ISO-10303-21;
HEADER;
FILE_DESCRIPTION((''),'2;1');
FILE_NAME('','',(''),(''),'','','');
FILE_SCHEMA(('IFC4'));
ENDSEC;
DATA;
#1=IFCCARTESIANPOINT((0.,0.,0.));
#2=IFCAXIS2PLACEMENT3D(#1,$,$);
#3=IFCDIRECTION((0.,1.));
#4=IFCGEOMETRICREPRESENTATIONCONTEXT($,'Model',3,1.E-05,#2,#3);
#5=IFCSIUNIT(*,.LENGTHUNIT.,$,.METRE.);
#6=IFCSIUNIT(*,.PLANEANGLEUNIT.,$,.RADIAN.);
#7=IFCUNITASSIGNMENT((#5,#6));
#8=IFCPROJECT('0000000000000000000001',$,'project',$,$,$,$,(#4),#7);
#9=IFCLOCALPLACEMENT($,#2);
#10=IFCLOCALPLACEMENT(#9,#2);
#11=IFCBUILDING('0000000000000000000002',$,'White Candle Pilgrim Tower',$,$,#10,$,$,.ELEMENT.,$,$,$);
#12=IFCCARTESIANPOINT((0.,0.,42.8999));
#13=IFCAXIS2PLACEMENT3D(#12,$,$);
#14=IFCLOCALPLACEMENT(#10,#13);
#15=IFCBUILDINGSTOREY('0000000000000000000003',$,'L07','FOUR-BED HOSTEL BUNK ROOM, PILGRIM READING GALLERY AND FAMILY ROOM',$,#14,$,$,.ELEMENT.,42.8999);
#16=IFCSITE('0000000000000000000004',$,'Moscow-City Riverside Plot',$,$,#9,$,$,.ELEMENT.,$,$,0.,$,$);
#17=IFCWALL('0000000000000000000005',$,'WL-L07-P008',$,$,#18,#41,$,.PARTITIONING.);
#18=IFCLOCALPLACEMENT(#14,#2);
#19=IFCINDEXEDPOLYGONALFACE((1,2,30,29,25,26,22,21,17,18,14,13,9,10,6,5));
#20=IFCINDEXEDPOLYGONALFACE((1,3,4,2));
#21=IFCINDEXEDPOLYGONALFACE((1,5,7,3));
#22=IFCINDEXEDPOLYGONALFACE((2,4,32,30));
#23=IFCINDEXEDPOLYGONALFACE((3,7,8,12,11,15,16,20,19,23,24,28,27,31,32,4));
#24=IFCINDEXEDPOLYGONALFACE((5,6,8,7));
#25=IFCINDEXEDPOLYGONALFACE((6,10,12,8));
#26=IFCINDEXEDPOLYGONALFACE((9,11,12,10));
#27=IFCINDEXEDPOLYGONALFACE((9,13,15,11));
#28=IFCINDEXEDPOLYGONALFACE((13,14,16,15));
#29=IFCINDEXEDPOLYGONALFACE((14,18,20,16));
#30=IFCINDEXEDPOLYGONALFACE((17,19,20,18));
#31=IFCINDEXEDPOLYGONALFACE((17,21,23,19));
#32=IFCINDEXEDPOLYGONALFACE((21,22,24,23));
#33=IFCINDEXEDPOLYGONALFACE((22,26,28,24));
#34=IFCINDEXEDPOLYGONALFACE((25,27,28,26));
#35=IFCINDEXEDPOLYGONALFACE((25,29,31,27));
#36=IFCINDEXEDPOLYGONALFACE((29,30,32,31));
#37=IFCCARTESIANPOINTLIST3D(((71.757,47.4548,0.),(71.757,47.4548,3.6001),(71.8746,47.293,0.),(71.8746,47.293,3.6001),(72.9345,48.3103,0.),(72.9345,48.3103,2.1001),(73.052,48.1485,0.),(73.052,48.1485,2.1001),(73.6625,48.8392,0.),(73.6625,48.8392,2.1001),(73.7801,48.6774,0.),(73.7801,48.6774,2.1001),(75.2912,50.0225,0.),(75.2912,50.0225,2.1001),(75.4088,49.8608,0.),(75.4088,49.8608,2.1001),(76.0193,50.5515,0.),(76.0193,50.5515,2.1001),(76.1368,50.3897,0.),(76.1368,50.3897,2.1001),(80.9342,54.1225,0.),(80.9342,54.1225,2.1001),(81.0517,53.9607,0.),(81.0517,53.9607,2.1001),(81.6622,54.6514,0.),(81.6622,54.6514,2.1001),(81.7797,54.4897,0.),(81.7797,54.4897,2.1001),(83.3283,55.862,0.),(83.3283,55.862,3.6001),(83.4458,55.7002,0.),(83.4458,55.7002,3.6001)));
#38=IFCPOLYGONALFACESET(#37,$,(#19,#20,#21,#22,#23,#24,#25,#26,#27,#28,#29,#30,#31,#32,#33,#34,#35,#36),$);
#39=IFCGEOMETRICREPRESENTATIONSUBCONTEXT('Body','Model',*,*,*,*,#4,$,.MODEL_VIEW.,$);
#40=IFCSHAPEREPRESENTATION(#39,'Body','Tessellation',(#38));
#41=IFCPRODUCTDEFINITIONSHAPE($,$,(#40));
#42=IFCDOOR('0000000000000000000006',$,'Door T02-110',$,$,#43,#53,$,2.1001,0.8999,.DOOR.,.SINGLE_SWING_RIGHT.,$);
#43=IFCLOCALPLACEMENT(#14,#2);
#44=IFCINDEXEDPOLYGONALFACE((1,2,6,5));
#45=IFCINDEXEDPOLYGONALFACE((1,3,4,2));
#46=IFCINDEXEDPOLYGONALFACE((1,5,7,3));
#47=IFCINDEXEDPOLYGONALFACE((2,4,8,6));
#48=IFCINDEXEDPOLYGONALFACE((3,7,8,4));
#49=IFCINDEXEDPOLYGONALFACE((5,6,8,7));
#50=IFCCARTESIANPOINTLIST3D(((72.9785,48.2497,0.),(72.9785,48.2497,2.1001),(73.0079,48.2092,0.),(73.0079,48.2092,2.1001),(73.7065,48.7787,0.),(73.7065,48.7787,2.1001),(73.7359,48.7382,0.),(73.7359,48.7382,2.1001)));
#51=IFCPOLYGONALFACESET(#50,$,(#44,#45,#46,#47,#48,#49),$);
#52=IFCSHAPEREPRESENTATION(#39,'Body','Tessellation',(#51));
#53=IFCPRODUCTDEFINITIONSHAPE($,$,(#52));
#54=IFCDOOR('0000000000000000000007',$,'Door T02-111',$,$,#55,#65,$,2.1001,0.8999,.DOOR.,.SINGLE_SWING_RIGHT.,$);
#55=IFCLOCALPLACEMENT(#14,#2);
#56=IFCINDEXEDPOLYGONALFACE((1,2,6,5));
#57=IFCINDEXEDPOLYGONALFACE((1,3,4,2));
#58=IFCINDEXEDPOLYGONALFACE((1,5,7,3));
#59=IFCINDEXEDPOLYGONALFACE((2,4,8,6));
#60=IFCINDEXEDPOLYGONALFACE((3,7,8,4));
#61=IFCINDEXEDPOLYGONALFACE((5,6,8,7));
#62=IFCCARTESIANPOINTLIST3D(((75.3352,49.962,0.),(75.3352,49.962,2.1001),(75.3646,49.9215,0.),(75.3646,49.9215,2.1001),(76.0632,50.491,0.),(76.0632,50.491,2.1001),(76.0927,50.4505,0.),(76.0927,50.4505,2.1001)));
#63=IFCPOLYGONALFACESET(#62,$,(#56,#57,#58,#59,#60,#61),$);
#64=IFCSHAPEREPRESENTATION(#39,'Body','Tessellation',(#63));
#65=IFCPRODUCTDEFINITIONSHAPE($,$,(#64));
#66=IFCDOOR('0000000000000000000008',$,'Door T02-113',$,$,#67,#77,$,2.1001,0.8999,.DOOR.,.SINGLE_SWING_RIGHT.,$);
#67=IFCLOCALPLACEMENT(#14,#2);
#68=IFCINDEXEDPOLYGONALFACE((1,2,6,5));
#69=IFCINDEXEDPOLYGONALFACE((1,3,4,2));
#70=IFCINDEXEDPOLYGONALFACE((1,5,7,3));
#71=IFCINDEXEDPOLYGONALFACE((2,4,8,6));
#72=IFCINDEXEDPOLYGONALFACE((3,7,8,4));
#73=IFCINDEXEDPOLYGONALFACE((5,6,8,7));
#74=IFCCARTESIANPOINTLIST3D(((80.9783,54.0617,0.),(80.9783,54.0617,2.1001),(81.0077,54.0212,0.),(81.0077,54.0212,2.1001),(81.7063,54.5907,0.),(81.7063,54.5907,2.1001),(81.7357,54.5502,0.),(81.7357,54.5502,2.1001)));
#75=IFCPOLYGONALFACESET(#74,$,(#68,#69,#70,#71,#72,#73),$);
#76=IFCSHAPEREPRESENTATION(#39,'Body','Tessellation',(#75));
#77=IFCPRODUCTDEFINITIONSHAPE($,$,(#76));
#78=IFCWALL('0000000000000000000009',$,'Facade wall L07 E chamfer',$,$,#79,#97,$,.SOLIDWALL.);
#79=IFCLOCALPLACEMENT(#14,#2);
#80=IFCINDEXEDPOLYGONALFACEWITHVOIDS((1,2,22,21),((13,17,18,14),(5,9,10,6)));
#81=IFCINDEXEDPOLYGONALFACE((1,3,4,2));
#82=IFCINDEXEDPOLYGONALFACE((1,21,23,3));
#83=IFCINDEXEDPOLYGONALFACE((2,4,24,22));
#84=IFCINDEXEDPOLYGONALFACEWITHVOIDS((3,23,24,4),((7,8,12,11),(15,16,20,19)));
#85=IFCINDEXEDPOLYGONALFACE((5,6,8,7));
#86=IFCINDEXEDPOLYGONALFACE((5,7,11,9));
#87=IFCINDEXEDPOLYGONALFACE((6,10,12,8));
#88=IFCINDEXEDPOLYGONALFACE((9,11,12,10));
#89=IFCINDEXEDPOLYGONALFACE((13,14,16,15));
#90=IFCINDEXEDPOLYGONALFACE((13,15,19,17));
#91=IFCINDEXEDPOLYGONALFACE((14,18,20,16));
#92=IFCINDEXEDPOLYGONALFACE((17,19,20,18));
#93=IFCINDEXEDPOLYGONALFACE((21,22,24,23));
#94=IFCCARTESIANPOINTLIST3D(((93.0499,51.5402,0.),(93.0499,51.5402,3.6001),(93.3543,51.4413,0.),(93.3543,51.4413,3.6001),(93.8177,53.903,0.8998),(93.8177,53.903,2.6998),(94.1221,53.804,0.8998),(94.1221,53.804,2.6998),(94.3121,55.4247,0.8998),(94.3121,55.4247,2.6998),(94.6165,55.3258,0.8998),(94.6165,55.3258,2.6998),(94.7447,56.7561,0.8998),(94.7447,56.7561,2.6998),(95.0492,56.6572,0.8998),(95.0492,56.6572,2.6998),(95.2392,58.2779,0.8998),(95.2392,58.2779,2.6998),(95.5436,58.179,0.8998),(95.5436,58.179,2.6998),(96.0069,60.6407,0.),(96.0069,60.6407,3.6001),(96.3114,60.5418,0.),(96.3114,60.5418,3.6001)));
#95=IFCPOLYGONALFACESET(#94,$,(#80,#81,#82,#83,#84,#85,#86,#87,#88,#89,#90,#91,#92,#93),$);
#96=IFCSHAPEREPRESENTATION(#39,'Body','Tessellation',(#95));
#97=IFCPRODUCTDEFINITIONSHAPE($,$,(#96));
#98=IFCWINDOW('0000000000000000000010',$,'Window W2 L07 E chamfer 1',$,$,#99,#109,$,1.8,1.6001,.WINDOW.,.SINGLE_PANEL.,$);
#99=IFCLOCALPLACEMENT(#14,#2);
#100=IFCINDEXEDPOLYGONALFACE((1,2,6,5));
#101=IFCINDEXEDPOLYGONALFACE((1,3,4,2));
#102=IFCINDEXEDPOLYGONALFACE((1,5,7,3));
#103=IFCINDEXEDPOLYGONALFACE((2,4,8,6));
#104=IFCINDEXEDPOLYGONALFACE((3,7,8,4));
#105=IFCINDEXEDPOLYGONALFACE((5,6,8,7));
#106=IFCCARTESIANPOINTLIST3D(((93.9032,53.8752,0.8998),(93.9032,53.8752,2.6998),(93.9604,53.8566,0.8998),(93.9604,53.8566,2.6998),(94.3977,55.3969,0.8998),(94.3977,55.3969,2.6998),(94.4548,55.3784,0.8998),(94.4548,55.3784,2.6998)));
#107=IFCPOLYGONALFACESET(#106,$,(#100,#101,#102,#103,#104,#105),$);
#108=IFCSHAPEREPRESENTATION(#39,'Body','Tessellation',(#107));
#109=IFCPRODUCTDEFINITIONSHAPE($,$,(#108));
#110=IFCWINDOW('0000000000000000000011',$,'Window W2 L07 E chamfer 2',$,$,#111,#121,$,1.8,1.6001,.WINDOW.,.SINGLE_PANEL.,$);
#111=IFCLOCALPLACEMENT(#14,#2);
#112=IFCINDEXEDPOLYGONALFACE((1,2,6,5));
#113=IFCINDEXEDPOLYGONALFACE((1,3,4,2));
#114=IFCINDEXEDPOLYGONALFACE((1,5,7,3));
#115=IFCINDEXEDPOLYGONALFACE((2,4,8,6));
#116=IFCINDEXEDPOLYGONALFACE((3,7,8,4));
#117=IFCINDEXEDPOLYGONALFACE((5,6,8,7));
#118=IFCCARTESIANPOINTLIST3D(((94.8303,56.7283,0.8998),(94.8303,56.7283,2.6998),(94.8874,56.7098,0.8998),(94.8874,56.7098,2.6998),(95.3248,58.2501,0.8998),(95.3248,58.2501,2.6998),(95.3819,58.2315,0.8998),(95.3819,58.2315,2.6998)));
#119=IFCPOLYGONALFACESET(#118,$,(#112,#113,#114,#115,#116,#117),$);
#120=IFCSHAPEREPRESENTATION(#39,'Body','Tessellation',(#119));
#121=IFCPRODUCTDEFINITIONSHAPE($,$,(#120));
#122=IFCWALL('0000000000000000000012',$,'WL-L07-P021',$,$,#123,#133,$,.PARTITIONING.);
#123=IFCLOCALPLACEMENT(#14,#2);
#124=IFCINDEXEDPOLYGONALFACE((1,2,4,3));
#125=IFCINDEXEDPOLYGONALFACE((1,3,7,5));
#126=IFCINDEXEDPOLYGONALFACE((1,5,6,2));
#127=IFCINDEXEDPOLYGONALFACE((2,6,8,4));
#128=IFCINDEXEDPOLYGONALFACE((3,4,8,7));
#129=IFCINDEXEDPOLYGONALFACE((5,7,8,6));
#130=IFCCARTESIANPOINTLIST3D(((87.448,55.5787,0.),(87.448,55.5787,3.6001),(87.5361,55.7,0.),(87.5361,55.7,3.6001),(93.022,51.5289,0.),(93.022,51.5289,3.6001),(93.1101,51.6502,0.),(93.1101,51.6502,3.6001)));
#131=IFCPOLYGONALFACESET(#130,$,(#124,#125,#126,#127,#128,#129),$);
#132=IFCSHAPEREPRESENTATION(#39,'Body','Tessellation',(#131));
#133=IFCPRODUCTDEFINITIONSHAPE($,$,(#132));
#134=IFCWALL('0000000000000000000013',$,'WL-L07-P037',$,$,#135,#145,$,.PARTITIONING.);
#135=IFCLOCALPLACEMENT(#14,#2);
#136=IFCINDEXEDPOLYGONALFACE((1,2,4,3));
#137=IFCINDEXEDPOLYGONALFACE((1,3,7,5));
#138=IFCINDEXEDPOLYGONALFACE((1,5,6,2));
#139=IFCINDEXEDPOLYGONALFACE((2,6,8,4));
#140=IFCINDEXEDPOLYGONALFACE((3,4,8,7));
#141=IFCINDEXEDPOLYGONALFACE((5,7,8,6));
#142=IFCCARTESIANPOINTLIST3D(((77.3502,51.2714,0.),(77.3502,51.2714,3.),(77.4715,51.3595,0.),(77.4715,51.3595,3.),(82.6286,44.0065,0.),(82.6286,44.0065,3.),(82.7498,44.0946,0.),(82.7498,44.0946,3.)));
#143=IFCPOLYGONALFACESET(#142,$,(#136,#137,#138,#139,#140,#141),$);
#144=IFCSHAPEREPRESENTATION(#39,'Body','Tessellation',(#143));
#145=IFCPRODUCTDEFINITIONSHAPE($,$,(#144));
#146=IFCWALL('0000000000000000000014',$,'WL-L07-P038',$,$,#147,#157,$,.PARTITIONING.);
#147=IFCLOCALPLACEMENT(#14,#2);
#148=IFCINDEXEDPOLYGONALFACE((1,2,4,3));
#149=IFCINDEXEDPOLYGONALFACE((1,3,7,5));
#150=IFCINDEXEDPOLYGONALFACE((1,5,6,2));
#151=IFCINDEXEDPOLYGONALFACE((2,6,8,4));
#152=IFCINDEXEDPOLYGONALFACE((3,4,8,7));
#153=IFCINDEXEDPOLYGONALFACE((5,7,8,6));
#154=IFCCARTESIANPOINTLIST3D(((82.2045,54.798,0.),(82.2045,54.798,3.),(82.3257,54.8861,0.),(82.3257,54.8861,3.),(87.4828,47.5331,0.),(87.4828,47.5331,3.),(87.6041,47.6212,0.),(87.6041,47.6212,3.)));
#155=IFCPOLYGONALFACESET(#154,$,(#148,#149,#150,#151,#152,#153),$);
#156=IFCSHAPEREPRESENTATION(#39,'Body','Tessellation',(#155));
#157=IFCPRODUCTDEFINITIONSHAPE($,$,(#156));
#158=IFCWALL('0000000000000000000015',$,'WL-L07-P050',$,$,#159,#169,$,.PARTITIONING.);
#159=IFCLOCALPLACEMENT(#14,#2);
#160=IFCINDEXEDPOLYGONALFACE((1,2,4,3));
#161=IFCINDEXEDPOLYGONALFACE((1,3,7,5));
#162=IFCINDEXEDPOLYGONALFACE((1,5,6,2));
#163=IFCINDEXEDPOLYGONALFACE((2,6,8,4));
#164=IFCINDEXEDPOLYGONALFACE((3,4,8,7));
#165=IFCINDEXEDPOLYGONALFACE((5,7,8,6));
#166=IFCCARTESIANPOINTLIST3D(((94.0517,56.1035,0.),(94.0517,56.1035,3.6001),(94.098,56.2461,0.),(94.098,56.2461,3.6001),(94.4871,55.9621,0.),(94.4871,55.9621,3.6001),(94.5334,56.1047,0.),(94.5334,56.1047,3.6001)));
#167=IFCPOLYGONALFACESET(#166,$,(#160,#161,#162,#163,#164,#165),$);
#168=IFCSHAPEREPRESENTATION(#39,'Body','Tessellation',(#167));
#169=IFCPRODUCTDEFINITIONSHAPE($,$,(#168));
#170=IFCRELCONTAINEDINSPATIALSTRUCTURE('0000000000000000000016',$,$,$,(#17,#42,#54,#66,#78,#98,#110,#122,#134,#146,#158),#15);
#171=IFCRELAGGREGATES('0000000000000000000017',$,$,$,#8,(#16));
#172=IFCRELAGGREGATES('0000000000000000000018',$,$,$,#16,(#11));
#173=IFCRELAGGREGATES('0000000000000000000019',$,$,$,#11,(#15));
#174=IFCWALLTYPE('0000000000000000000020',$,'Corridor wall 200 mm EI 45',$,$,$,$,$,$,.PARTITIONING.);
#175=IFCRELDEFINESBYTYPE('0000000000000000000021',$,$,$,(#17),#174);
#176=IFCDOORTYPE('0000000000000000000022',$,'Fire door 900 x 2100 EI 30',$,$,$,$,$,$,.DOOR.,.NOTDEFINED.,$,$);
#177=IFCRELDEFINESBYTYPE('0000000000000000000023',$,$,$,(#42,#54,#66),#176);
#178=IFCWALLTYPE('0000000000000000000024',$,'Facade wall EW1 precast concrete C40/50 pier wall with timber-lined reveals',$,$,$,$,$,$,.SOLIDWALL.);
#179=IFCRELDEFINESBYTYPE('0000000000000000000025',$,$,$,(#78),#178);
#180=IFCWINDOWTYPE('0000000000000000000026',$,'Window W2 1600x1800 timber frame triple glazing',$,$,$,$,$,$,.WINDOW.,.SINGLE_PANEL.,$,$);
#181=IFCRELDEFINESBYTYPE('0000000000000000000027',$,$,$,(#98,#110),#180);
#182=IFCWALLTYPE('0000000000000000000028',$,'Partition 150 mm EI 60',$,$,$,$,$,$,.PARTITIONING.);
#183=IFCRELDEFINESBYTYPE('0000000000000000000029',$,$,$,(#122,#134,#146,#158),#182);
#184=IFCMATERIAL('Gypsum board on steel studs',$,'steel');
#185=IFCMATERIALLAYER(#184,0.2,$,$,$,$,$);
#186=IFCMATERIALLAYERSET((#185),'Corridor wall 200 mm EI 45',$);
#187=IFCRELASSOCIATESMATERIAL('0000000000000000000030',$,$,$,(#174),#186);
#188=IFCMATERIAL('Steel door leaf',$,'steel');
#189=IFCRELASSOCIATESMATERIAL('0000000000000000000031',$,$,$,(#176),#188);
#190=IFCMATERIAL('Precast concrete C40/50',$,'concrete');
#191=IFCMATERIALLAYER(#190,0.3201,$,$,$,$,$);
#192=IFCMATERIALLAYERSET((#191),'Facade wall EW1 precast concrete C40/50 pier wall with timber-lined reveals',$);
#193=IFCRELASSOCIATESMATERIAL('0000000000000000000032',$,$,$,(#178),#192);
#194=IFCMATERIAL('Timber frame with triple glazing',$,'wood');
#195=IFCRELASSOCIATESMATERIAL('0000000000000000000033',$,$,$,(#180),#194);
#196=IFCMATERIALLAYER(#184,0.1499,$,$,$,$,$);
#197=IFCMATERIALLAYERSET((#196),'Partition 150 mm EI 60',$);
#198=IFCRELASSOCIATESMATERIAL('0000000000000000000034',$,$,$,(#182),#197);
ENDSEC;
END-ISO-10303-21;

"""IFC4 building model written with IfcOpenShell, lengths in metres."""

from ifc_helpers import new_model, si_unit, direction, frame, frame_2d, origin, place, context, subcontext, project, spatial, rectangle, extrude, material, layer, layer_set, type_object, element, fill, save


model = new_model("IFC4")

# Units and contexts
model_context = context("Model", 3, precision=1e-05, world=origin(), true_north=direction((0.0, 1.0)))
body_context = subcontext(model_context, "Body", "Model", "MODEL_VIEW")
ifc_project = project(units=[si_unit("LENGTHUNIT", "METRE"), si_unit("PLANEANGLEUNIT", "RADIAN")], contexts=[model_context])

# Site, building, storey
site_placement = place(None, origin())
site = spatial("IfcSite", under=ifc_project, at=site_placement, Name="Moscow-City Riverside Plot", CompositionType="ELEMENT", RefElevation=0.0)
building_placement = place(site_placement, origin())
building = spatial("IfcBuilding", under=site, at=building_placement, Name="White Candle Pilgrim Tower", CompositionType="ELEMENT")
storey_placement = place(building_placement, frame((0.0, 0.0, 42.8999)))
storey = spatial("IfcBuildingStorey", under=building, at=storey_placement, Name="L07", Description="FOUR-BED HOSTEL BUNK ROOM, PILGRIM READING GALLERY AND FAMILY ROOM", CompositionType="ELEMENT", Elevation=42.8999)

# Shared definitions
ifc_material_1 = material(Name="Gypsum board on steel studs", Category="steel")
ifc_layer_1 = layer(ifc_material_1, 0.2)
ifc_layer_set_1 = layer_set([ifc_layer_1], Name="Corridor wall 200 mm EI 45")
wall_type_1 = type_object("IfcWallType", Name="Corridor wall 200 mm EI 45", PredefinedType="PARTITIONING", material=ifc_layer_set_1)
ifc_material_2 = material(Name="Steel door leaf", Category="steel")
door_type = type_object("IfcDoorType", Name="Fire door 900 x 2100 EI 30", OperationType="NOTDEFINED", PredefinedType="DOOR", material=ifc_material_2)

# Wall, openings, doors
wall_1_placement = place(storey_placement, frame((83.387, 55.781, 0.0), z_axis=(0.0, 0.0, 1.0), x_axis=(-0.809011, -0.587794, 0.0)))
wall_1 = element("IfcWall", 1, at=wall_1_placement, inside=storey, type_object=wall_type_1, Name="WL-L07-P008", PredefinedType="PARTITIONING", context=body_context, shape_type="SweptSolid", body=[
    extrude(rectangle(XDim=14.303, YDim=0.2, at=frame_2d((7.1514, 0.0))), origin(), (0.0, 0.0, 1.0), 3.6001),
])
opening_1_placement = place(wall_1_placement, frame((11.9475, 0.0, 0.0)))
opening_1 = element("IfcOpeningElement", 2, at=opening_1_placement, cuts=wall_1, PredefinedType="OPENING", context=body_context, shape_type="SweptSolid", body=[
    extrude(rectangle(XDim=0.8999, YDim=2.1001, at=frame_2d((0.45, 1.05))), frame((0.0, 0.1099, 0.0), z_axis=(0.0, -1.0, 0.0), x_axis=(1.0, 0.0, 0.0)), (0.0, 0.0, 1.0), 0.22),
])
opening_2_placement = place(wall_1_placement, frame((9.0344, 0.0, 0.0)))
opening_2 = element("IfcOpeningElement", 3, at=opening_2_placement, cuts=wall_1, PredefinedType="OPENING", context=body_context, shape_type="SweptSolid", body=[
    extrude(rectangle(XDim=0.8999, YDim=2.1001, at=frame_2d((0.45, 1.05))), frame((0.0, 0.1099, 0.0), z_axis=(0.0, -1.0, 0.0), x_axis=(1.0, 0.0, 0.0)), (0.0, 0.0, 1.0), 0.22),
])
opening_3_placement = place(wall_1_placement, frame((2.0593, 0.0, 0.0)))
opening_3 = element("IfcOpeningElement", 4, at=opening_3_placement, cuts=wall_1, PredefinedType="OPENING", context=body_context, shape_type="SweptSolid", body=[
    extrude(rectangle(XDim=0.8999, YDim=2.1001, at=frame_2d((0.45, 1.05))), frame((0.0, 0.1099, 0.0), z_axis=(0.0, -1.0, 0.0), x_axis=(1.0, 0.0, 0.0)), (0.0, 0.0, 1.0), 0.22),
])
door_1_placement = place(opening_1_placement, origin())
door_1 = element("IfcDoor", 5, at=door_1_placement, inside=storey, type_object=door_type, Name="Door T02-110", OperationType="SINGLE_SWING_RIGHT", OverallHeight=2.1001, OverallWidth=0.8999, PredefinedType="DOOR", context=body_context, shape_type="SweptSolid", body=[
    extrude(rectangle(XDim=0.8999, YDim=2.1001, at=frame_2d((0.45, 1.05))), frame((0.0, 0.0249, 0.0), z_axis=(0.0, -1.0, 0.0), x_axis=(1.0, 0.0, 0.0)), (0.0, 0.0, 1.0), 0.05),
])
fill(opening_1, door_1)
door_2_placement = place(opening_2_placement, origin())
door_2 = element("IfcDoor", 6, at=door_2_placement, inside=storey, type_object=door_type, Name="Door T02-111", OperationType="SINGLE_SWING_RIGHT", OverallHeight=2.1001, OverallWidth=0.8999, PredefinedType="DOOR", context=body_context, shape_type="SweptSolid", body=[
    extrude(rectangle(XDim=0.8999, YDim=2.1001, at=frame_2d((0.45, 1.05))), frame((0.0, 0.0249, 0.0), z_axis=(0.0, -1.0, 0.0), x_axis=(1.0, 0.0, 0.0)), (0.0, 0.0, 1.0), 0.05),
])
fill(opening_2, door_2)
door_3_placement = place(opening_3_placement, frame((0.8999, 0.0, 0.0), z_axis=(0.0, 0.0, 1.0), x_axis=(-1.0, 0.0, 0.0)))
door_3 = element("IfcDoor", 7, at=door_3_placement, inside=storey, type_object=door_type, Name="Door T02-113", OperationType="SINGLE_SWING_RIGHT", OverallHeight=2.1001, OverallWidth=0.8999, PredefinedType="DOOR", context=body_context, shape_type="SweptSolid", body=[
    extrude(rectangle(XDim=0.8999, YDim=2.1001, at=frame_2d((0.45, 1.05))), frame((0.0, 0.0249, 0.0), z_axis=(0.0, -1.0, 0.0), x_axis=(1.0, 0.0, 0.0)), (0.0, 0.0, 1.0), 0.05),
])
fill(opening_3, door_3)

# Wall, openings, windows
ifc_material_3 = material(Name="Precast concrete C40/50", Category="concrete")
ifc_layer_2 = layer(ifc_material_3, 0.3201)
ifc_layer_set_2 = layer_set([ifc_layer_2], Name="Facade wall EW1 precast concrete C40/50 pier wall with timber-lined reveals")
wall_type_2 = type_object("IfcWallType", Name="Facade wall EW1 precast concrete C40/50 pier wall with timber-lined reveals", PredefinedType="SOLIDWALL", material=ifc_layer_set_2)
wall_2_placement = place(storey_placement, frame((93.2021, 51.4907, 0.0), z_axis=(0.0, 0.0, 1.0), x_axis=(0.309024, 0.951054, 0.0)))
wall_2 = element("IfcWall", 8, at=wall_2_placement, inside=storey, type_object=wall_type_2, Name="Facade wall L07 E chamfer", PredefinedType="SOLIDWALL", context=body_context, shape_type="SweptSolid", body=[
    extrude(rectangle(XDim=9.5688, YDim=0.3201, at=frame_2d((4.7844, 0.0))), origin(), (0.0, 0.0, 1.0), 3.6001),
])
opening_4_placement = place(wall_2_placement, frame((2.4844, 0.0, 0.8999)))
opening_4 = element("IfcOpeningElement", 9, at=opening_4_placement, cuts=wall_2, PredefinedType="OPENING", context=body_context, shape_type="SweptSolid", body=[
    extrude(rectangle(XDim=1.6001, YDim=1.8, at=frame_2d((0.8, 0.8999))), frame((0.0, 0.1699, 0.0), z_axis=(0.0, -1.0, 0.0), x_axis=(1.0, 0.0, 0.0)), (0.0, 0.0, 1.0), 0.3401),
])
opening_5_placement = place(wall_2_placement, frame((5.4844, 0.0, 0.8999)))
opening_5 = element("IfcOpeningElement", 10, at=opening_5_placement, cuts=wall_2, PredefinedType="OPENING", context=body_context, shape_type="SweptSolid", body=[
    extrude(rectangle(XDim=1.6001, YDim=1.8, at=frame_2d((0.8, 0.8999))), frame((0.0, 0.1699, 0.0), z_axis=(0.0, -1.0, 0.0), x_axis=(1.0, 0.0, 0.0)), (0.0, 0.0, 1.0), 0.3401),
])
ifc_material_4 = material(Name="Timber frame with triple glazing", Category="wood")
window_type = type_object("IfcWindowType", Name="Window W2 1600x1800 timber frame triple glazing", PartitioningType="SINGLE_PANEL", PredefinedType="WINDOW", material=ifc_material_4)
window_1_placement = place(opening_4_placement, origin())
window_1 = element("IfcWindow", 11, at=window_1_placement, inside=storey, type_object=window_type, Name="Window W2 L07 E chamfer 1", OverallHeight=1.8, OverallWidth=1.6001, PartitioningType="SINGLE_PANEL", PredefinedType="WINDOW", context=body_context, shape_type="SweptSolid", body=[
    extrude(rectangle(XDim=1.6001, YDim=1.8, at=frame_2d((0.8, 0.8999))), frame((0.0, 0.0701, 0.0), z_axis=(0.0, -1.0, 0.0), x_axis=(1.0, 0.0, 0.0)), (0.0, 0.0, 1.0), 0.0601),
])
fill(opening_4, window_1)
window_2_placement = place(opening_5_placement, origin())
window_2 = element("IfcWindow", 12, at=window_2_placement, inside=storey, type_object=window_type, Name="Window W2 L07 E chamfer 2", OverallHeight=1.8, OverallWidth=1.6001, PartitioningType="SINGLE_PANEL", PredefinedType="WINDOW", context=body_context, shape_type="SweptSolid", body=[
    extrude(rectangle(XDim=1.6001, YDim=1.8, at=frame_2d((0.8, 0.8999))), frame((0.0, 0.0701, 0.0), z_axis=(0.0, -1.0, 0.0), x_axis=(1.0, 0.0, 0.0)), (0.0, 0.0, 1.0), 0.0601),
])
fill(opening_5, window_2)

# Walls
ifc_layer_3 = layer(ifc_material_1, 0.1499)
ifc_layer_set_3 = layer_set([ifc_layer_3], Name="Partition 150 mm EI 60")
wall_type_3 = type_object("IfcWallType", Name="Partition 150 mm EI 60", PredefinedType="PARTITIONING", material=ifc_layer_set_3)
wall_3_placement = place(storey_placement, frame((93.0659, 51.5896, 0.0), z_axis=(0.0, 0.0, 1.0), x_axis=(-0.809012, 0.587792, 0.0)))
element("IfcWall", 13, at=wall_3_placement, inside=storey, type_object=wall_type_3, Name="WL-L07-P021", PredefinedType="PARTITIONING", context=body_context, shape_type="SweptSolid", body=[
    extrude(rectangle(XDim=6.8899, YDim=0.1499, at=frame_2d((3.4448, 0.0))), origin(), (0.0, 0.0, 1.0), 3.6001),
])
for number, where, z_axis, x_axis, name in (
    (14, (82.6892, 44.0505, 0.0), (0.0, 0.0, 1.0), (-0.58779, 0.809013, 0.0), "WL-L07-P037"),
    (15, (87.5435, 47.5771, 0.0), (0.0, 0.0, 1.0), (-0.58779, 0.809013, 0.0), "WL-L07-P038"),
):
    element("IfcWall", number, at=place(storey_placement, frame(where, z_axis=z_axis, x_axis=x_axis)), inside=storey, type_object=wall_type_3, Name=name, PredefinedType="PARTITIONING", context=body_context, shape_type="SweptSolid", body=[
        extrude(rectangle(XDim=8.98, YDim=0.1499, at=frame_2d((4.49, 0.0))), origin(), (0.0, 0.0, 1.0), 3.0),
    ])
wall_4_placement = place(storey_placement, frame((94.0747, 56.1748, 0.0), z_axis=(0.0, 0.0, 1.0), x_axis=(0.951109, -0.308857, 0.0)))
element("IfcWall", 16, at=wall_4_placement, inside=storey, type_object=wall_type_3, Name="WL-L07-P050", PredefinedType="PARTITIONING", context=body_context, shape_type="SweptSolid", body=[
    extrude(rectangle(XDim=0.4578, YDim=0.1499, at=frame_2d((0.229, 0.0))), origin(), (0.0, 0.0, 1.0), 3.6001),
])

save(model, "model.ifc")
